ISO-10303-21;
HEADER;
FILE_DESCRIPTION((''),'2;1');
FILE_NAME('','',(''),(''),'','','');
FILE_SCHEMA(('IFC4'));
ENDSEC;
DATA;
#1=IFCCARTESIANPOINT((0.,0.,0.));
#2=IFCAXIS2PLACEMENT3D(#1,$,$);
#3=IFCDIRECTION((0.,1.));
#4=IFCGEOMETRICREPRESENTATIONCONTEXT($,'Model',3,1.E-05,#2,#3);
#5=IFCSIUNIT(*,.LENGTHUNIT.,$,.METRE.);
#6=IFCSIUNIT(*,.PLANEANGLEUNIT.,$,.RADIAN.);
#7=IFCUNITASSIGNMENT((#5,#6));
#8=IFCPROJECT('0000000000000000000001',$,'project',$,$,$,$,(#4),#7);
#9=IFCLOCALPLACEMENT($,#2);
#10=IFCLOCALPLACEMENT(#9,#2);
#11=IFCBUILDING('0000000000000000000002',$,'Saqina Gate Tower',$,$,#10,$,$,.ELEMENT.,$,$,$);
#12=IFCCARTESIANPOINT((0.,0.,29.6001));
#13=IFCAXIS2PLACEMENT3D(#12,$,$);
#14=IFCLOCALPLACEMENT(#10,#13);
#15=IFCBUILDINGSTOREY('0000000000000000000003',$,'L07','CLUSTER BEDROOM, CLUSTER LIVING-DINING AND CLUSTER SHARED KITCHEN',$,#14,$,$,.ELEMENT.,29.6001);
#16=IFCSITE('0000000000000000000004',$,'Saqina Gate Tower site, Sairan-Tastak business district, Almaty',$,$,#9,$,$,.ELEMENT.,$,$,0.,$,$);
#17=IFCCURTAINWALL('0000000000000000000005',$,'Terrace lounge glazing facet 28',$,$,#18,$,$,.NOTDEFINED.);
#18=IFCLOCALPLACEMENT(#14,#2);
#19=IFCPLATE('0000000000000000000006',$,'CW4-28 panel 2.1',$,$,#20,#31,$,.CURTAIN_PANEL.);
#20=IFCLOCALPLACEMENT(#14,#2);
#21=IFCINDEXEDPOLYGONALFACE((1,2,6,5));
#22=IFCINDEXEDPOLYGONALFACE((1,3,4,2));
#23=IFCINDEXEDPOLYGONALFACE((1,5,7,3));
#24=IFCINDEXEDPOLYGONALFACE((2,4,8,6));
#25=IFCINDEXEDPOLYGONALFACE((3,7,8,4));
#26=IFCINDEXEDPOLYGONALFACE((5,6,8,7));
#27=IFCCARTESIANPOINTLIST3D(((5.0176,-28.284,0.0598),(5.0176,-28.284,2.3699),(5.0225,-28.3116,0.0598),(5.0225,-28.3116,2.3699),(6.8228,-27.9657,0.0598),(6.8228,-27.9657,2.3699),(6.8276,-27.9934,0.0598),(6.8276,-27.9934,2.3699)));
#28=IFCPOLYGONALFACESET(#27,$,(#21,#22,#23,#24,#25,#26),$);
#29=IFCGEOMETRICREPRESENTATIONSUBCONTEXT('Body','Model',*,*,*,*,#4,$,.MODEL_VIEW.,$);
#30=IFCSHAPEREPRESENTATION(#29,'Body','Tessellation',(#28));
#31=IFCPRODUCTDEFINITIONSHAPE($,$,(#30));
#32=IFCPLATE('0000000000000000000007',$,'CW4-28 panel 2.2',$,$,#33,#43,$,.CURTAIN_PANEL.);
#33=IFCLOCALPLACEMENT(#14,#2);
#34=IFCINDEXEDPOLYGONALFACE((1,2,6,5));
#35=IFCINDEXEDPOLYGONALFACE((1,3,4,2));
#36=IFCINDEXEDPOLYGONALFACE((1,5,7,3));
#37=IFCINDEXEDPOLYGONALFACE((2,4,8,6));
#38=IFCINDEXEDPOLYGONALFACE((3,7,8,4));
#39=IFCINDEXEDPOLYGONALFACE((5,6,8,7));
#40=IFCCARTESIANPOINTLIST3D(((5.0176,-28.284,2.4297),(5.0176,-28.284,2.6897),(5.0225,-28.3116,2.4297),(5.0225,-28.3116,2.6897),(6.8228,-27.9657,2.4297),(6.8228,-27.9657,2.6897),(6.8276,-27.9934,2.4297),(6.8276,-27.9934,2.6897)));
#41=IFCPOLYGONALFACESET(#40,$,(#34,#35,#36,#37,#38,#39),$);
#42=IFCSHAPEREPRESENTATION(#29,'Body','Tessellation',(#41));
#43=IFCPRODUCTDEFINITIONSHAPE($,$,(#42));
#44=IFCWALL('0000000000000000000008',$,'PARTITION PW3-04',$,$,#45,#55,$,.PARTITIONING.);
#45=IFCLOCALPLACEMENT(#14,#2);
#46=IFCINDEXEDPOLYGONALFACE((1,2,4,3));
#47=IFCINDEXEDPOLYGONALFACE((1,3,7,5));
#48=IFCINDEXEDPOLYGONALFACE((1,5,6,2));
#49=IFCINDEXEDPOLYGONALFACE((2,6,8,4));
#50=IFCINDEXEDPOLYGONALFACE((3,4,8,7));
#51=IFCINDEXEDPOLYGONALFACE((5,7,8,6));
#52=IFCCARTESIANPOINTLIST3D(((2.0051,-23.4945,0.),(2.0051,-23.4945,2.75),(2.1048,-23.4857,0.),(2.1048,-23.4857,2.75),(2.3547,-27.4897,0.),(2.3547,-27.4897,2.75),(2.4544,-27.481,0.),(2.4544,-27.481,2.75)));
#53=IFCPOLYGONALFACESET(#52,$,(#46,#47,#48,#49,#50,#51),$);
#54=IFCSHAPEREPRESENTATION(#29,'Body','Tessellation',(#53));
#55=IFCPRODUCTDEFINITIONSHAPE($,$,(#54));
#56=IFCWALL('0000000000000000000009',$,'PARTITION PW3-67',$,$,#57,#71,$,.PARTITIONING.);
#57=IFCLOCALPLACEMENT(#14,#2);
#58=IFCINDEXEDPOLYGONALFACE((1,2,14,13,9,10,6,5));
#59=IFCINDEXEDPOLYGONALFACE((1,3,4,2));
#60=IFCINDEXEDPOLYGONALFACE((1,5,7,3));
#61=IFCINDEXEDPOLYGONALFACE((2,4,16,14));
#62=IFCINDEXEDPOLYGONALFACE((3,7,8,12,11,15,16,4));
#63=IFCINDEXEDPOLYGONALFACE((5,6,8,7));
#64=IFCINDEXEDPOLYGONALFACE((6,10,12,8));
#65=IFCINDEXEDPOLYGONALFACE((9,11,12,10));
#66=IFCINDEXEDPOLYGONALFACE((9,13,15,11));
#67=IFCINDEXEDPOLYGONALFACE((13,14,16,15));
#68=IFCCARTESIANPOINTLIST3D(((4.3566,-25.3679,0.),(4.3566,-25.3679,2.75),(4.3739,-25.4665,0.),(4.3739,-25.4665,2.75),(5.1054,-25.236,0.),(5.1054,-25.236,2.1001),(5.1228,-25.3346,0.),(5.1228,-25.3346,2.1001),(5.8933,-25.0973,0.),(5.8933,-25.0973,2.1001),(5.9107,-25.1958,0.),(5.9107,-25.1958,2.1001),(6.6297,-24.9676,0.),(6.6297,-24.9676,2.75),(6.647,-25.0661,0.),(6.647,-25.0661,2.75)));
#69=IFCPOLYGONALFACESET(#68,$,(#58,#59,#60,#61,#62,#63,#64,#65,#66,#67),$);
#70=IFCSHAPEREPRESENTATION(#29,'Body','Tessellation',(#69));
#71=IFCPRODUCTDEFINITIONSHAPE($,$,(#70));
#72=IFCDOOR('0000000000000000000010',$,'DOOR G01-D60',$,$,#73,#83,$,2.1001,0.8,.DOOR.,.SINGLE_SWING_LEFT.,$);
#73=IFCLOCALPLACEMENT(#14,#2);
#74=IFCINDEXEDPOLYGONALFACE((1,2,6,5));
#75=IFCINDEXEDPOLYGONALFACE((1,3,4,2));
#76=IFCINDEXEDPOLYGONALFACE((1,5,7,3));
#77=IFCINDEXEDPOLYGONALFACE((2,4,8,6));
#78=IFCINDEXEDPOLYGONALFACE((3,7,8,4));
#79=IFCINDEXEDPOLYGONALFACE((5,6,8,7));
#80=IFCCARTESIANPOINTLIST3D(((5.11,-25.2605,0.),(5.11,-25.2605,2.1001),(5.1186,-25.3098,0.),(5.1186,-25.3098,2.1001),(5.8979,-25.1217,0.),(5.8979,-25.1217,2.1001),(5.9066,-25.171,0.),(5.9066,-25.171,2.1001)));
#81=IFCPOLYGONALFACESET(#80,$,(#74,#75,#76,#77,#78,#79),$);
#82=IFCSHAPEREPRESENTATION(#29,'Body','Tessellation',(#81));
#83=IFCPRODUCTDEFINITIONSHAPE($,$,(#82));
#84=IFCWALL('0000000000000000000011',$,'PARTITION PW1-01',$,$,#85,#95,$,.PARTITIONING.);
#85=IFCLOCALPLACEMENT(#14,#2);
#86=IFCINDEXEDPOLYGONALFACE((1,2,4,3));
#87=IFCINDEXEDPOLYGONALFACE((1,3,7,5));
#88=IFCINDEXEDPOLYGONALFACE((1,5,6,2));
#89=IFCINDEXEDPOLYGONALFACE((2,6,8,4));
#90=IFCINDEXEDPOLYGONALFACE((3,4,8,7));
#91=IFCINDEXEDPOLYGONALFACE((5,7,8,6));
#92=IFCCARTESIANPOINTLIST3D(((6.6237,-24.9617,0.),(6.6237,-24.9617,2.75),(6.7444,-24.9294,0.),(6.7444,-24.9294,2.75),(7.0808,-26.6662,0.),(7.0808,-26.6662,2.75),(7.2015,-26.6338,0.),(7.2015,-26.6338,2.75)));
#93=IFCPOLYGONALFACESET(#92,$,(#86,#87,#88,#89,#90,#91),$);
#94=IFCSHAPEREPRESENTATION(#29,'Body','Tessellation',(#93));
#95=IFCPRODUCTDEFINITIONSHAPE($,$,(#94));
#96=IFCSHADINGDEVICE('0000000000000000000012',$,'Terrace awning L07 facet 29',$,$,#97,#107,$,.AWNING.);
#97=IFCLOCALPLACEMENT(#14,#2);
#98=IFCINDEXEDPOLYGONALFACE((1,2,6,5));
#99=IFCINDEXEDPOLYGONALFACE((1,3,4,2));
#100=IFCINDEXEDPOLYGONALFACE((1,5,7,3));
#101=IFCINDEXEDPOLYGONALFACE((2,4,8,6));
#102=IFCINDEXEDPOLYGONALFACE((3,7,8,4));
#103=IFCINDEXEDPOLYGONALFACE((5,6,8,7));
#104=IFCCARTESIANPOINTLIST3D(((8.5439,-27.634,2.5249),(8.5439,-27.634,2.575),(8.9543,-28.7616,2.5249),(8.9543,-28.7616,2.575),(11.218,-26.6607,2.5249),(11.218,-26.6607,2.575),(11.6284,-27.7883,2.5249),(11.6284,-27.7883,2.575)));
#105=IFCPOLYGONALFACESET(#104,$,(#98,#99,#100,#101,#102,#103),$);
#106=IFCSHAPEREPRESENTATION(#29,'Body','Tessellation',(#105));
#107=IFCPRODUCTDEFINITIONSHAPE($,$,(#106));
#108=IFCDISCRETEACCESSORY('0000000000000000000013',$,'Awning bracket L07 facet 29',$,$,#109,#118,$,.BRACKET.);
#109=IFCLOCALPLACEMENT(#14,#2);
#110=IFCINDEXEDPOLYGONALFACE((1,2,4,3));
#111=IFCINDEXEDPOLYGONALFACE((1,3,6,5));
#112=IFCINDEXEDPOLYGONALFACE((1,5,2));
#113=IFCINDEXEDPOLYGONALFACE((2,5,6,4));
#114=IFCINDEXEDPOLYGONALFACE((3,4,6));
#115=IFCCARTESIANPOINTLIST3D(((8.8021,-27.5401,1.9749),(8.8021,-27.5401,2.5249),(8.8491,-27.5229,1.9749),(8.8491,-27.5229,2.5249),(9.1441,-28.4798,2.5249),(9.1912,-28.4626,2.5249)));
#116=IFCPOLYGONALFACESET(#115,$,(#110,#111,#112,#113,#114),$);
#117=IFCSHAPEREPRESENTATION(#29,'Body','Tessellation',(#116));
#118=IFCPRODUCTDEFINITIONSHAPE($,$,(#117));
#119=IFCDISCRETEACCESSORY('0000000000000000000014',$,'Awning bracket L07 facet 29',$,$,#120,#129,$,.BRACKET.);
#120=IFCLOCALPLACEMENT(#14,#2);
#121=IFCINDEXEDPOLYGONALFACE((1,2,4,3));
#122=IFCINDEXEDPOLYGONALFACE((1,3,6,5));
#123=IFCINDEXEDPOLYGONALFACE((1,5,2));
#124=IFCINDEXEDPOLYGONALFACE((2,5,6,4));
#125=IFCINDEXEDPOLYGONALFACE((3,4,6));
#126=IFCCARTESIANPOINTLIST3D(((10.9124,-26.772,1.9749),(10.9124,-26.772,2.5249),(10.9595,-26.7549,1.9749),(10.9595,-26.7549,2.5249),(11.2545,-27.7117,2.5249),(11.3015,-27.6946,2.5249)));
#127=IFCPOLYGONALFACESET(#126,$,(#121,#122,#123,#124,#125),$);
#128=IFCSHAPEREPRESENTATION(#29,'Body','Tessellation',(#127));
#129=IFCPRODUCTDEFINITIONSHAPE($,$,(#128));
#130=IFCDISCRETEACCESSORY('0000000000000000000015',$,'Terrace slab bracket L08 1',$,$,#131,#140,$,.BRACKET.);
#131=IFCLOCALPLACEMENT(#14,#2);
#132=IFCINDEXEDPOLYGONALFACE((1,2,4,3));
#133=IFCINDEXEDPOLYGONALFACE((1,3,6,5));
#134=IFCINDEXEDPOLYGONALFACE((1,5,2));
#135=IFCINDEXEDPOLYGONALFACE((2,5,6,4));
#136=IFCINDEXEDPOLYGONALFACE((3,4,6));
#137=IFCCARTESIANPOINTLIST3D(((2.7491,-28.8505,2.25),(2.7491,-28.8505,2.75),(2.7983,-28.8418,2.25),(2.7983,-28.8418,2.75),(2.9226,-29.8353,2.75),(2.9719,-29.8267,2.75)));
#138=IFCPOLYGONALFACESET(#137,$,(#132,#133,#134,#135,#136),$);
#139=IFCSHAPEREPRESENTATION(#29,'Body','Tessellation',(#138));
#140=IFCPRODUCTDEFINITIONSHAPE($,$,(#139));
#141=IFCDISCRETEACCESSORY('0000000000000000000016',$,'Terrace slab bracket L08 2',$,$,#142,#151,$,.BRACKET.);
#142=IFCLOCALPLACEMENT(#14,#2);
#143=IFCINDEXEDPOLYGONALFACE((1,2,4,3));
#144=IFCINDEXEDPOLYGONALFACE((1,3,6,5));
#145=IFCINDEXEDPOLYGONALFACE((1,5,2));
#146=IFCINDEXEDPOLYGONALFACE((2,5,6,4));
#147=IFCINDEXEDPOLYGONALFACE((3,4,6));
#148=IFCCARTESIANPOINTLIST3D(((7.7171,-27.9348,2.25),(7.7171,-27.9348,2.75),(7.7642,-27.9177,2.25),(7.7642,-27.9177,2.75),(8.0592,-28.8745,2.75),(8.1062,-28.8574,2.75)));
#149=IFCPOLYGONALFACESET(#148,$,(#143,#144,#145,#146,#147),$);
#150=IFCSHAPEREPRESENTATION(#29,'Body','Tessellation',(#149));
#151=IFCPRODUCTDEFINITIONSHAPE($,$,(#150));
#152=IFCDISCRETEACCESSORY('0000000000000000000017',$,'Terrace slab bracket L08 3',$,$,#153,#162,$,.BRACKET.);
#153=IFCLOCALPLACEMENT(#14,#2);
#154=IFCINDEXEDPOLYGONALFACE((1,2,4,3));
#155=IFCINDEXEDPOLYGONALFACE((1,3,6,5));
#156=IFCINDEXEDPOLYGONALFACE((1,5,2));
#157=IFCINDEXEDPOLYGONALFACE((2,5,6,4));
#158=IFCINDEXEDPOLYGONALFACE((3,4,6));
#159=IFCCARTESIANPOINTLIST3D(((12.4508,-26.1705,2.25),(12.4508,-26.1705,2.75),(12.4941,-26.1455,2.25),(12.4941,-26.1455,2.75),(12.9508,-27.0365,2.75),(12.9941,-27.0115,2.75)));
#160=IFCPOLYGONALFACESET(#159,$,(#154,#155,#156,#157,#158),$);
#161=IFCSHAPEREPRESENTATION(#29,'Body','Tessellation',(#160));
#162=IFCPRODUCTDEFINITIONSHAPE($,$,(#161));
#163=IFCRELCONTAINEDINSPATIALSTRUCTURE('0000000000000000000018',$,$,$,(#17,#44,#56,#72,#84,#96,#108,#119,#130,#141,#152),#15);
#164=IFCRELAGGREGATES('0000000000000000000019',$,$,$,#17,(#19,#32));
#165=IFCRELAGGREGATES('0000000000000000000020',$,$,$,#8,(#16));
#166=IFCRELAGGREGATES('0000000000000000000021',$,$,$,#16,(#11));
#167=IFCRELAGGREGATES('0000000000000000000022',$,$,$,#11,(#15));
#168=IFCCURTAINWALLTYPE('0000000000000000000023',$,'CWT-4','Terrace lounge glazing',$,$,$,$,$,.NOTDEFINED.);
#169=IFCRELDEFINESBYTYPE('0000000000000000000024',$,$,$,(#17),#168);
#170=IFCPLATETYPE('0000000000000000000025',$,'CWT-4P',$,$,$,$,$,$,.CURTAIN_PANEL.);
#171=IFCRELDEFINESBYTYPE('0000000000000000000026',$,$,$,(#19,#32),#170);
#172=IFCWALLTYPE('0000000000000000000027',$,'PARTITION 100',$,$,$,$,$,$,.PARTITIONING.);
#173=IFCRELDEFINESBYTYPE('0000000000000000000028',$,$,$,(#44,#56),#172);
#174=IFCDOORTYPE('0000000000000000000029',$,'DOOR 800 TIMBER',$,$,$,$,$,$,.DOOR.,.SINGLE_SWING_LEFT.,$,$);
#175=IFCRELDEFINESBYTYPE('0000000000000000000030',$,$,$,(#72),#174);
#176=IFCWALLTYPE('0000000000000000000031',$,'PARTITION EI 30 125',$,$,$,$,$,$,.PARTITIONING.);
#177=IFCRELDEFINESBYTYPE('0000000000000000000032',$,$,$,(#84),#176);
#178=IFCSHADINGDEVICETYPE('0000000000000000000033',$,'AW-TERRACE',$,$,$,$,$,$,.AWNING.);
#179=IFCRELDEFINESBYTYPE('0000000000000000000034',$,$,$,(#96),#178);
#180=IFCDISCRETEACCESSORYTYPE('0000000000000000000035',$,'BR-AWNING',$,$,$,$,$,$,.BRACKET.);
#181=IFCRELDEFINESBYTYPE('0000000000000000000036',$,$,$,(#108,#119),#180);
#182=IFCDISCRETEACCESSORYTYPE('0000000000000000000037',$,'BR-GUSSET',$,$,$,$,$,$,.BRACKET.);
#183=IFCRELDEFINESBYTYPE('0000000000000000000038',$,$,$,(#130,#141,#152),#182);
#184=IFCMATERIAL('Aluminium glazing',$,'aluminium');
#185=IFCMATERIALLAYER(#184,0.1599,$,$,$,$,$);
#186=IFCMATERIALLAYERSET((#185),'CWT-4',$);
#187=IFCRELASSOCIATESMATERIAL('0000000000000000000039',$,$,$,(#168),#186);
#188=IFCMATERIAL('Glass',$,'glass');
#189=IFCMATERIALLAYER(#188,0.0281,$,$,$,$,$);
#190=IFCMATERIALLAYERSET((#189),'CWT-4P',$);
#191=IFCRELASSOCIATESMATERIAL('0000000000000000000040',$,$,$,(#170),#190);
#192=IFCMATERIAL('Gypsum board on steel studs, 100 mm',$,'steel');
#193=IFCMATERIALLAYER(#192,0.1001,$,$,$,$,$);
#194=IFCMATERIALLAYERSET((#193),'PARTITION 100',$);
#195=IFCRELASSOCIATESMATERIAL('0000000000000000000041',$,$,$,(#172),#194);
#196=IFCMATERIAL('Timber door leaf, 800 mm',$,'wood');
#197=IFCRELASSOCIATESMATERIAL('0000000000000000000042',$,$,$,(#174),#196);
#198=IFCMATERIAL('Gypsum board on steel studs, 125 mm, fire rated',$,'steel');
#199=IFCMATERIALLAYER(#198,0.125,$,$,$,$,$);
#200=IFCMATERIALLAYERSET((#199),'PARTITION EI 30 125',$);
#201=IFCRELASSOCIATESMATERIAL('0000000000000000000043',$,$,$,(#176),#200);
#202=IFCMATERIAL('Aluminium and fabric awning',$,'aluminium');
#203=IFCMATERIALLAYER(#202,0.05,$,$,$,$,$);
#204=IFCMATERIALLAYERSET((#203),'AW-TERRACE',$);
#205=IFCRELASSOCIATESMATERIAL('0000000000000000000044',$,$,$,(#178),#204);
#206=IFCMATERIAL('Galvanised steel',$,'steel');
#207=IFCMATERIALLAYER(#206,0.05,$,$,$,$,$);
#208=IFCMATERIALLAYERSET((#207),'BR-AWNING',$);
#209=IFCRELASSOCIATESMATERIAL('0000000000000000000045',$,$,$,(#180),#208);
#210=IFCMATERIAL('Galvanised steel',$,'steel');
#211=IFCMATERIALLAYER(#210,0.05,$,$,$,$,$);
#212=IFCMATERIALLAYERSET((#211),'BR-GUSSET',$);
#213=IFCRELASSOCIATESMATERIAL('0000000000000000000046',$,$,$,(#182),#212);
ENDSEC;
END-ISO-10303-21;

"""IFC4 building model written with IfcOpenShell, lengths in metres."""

from ifc_helpers import new_model, si_unit, direction, frame, frame_2d, origin, origin_2d, place, context, subcontext, project, spatial, polyline, rectangle, outline, extrude, material, layer, layer_set, type_object, element, fill, aggregate, save


model = new_model("IFC4")

# Units and contexts
model_context = context("Model", 3, precision=1e-05, world=origin(), true_north=direction((0.0, 1.0)))
body_context = subcontext(model_context, "Body", "Model", "MODEL_VIEW")
ifc_project = project(units=[si_unit("LENGTHUNIT", "METRE"), si_unit("PLANEANGLEUNIT", "RADIAN")], contexts=[model_context])

# Site, building, storey
site_placement = place(None, origin())
site = spatial("IfcSite", under=ifc_project, at=site_placement, Name="Saqina Gate Tower site, Sairan-Tastak business district, Almaty", CompositionType="ELEMENT", RefElevation=0.0)
building_placement = place(site_placement, origin())
building = spatial("IfcBuilding", under=site, at=building_placement, Name="Saqina Gate Tower", CompositionType="ELEMENT")
storey_placement = place(building_placement, frame((0.0, 0.0, 29.6001)))
storey = spatial("IfcBuildingStorey", under=building, at=storey_placement, Name="L07", Description="CLUSTER BEDROOM, CLUSTER LIVING-DINING AND CLUSTER SHARED KITCHEN", CompositionType="ELEMENT", Elevation=29.6001)

# Curtain wall, plates
ifc_material_1 = material(Name="Aluminium glazing", Category="aluminium")
ifc_layer_1 = layer(ifc_material_1, 0.1599)
ifc_layer_set_1 = layer_set([ifc_layer_1], Name="CWT-4")
curtain_wall_type = type_object("IfcCurtainWallType", Name="CWT-4", Description="Terrace lounge glazing", PredefinedType="NOTDEFINED", material=ifc_layer_set_1)
curtain_wall_placement = place(storey_placement, origin())
curtain_wall = element("IfcCurtainWall", 1, at=curtain_wall_placement, inside=storey, type_object=curtain_wall_type, Name="Terrace lounge glazing facet 28", PredefinedType="NOTDEFINED")
ifc_material_2 = material(Name="Glass", Category="glass")
ifc_layer_2 = layer(ifc_material_2, 0.0281)
ifc_layer_set_2 = layer_set([ifc_layer_2], Name="CWT-4P")
plate_type = type_object("IfcPlateType", Name="CWT-4P", PredefinedType="CURTAIN_PANEL", material=ifc_layer_set_2)
plate_1_placement = place(storey_placement, frame((5.9226, -28.1387, 0.0598), z_axis=(0.0, 0.0, 1.0), x_axis=(0.984809, 0.173643, 0.0)))
plate_1 = element("IfcPlate", 2, at=plate_1_placement, type_object=plate_type, Name="CW4-28 panel 2.1", PredefinedType="CURTAIN_PANEL", context=body_context, shape_type="SweptSolid", body=[
    extrude(rectangle(XDim=1.833, YDim=0.0281, at=origin_2d()), origin(), (0.0, 0.0, 1.0), 2.3101),
])
plate_2_placement = place(storey_placement, frame((5.9226, -28.1387, 2.4297), z_axis=(0.0, 0.0, 1.0), x_axis=(0.984809, 0.173643, 0.0)))
plate_2 = element("IfcPlate", 3, at=plate_2_placement, type_object=plate_type, Name="CW4-28 panel 2.2", PredefinedType="CURTAIN_PANEL", context=body_context, shape_type="SweptSolid", body=[
    extrude(rectangle(XDim=1.833, YDim=0.0281, at=origin_2d()), origin(), (0.0, 0.0, 1.0), 0.26),
])
aggregate(curtain_wall, [plate_1, plate_2])

# Wall
ifc_material_3 = material(Name="Gypsum board on steel studs, 100 mm", Category="steel")
ifc_layer_3 = layer(ifc_material_3, 0.1001)
ifc_layer_set_3 = layer_set([ifc_layer_3], Name="PARTITION 100")
wall_type_1 = type_object("IfcWallType", Name="PARTITION 100", PredefinedType="PARTITIONING", material=ifc_layer_set_3)
wall_1_placement = place(storey_placement, frame((2.0549, -23.49, 0.0), z_axis=(0.0, 0.0, 1.0), x_axis=(0.087176, -0.996193, 0.0)))
element("IfcWall", 4, at=wall_1_placement, inside=storey, type_object=wall_type_1, Name="PARTITION PW3-04", PredefinedType="PARTITIONING", context=body_context, shape_type="SweptSolid", body=[
    extrude(rectangle(XDim=4.0105, YDim=0.1001, at=frame_2d((2.0054, 0.0))), origin(), (0.0, 0.0, 1.0), 2.75),
])

# Wall, opening, door
wall_2_placement = place(storey_placement, frame((4.3652, -25.4172, 0.0), z_axis=(0.0, 0.0, 1.0), x_axis=(0.98484, 0.173466, 0.0)))
wall_2 = element("IfcWall", 5, at=wall_2_placement, inside=storey, type_object=wall_type_1, Name="PARTITION PW3-67", PredefinedType="PARTITIONING", context=body_context, shape_type="SweptSolid", body=[
    extrude(rectangle(XDim=2.3081, YDim=0.1001, at=frame_2d((1.1541, 0.0))), origin(), (0.0, 0.0, 1.0), 2.75),
])
opening_1_placement = place(wall_2_placement, frame((0.7605, 0.0, 0.0)))
opening_1 = element("IfcOpeningElement", 6, at=opening_1_placement, cuts=wall_2, PredefinedType="OPENING", context=body_context, shape_type="SweptSolid", body=[
    extrude(rectangle(XDim=0.8, YDim=2.1001, at=frame_2d((0.3999, 1.05))), frame((0.0, 0.062, 0.0), z_axis=(0.0, -1.0, 0.0), x_axis=(1.0, 0.0, 0.0)), (0.0, 0.0, 1.0), 0.124),
])
ifc_material_4 = material(Name="Timber door leaf, 800 mm", Category="wood")
door_type_1 = type_object("IfcDoorType", Name="DOOR 800 TIMBER", OperationType="SINGLE_SWING_LEFT", PredefinedType="DOOR", material=ifc_material_4)
door_1_placement = place(opening_1_placement, frame((0.8, 0.0, 0.0), z_axis=(0.0, 0.0, 1.0), x_axis=(-1.0, 0.0, 0.0)))
door_1 = element("IfcDoor", 7, at=door_1_placement, inside=storey, type_object=door_type_1, Name="DOOR G01-D60", OperationType="SINGLE_SWING_LEFT", OverallHeight=2.1001, OverallWidth=0.8, PredefinedType="DOOR", context=body_context, shape_type="SweptSolid", body=[
    extrude(rectangle(XDim=0.8, YDim=2.1001, at=frame_2d((0.3999, 1.05))), frame((0.0, 0.0249, 0.0), z_axis=(0.0, -1.0, 0.0), x_axis=(1.0, 0.0, 0.0)), (0.0, 0.0, 1.0), 0.05),
])
fill(opening_1, door_1)

# Wall
ifc_material_5 = material(Name="Gypsum board on steel studs, 125 mm, fire rated", Category="steel")
ifc_layer_4 = layer(ifc_material_5, 0.125)
ifc_layer_set_4 = layer_set([ifc_layer_4], Name="PARTITION EI 30 125")
wall_type_2 = type_object("IfcWallType", Name="PARTITION EI 30 125", PredefinedType="PARTITIONING", material=ifc_layer_set_4)
wall_3_placement = place(storey_placement, frame((6.6841, -24.9456, 0.0), z_axis=(0.0, 0.0, 1.0), x_axis=(0.259006, -0.965876, 0.0)))
element("IfcWall", 8, at=wall_3_placement, inside=storey, type_object=wall_type_2, Name="PARTITION PW1-01", PredefinedType="PARTITIONING", context=body_context, shape_type="SweptSolid", body=[
    extrude(rectangle(XDim=1.7646, YDim=0.125, at=frame_2d((0.8823, 0.0))), origin(), (0.0, 0.0, 1.0), 2.75),
])

# Shading device
ifc_material_6 = material(Name="Aluminium and fabric awning", Category="aluminium")
ifc_layer_5 = layer(ifc_material_6, 0.05)
ifc_layer_set_5 = layer_set([ifc_layer_5], Name="AW-TERRACE")
shading_device_type = type_object("IfcShadingDeviceType", Name="AW-TERRACE", PredefinedType="AWNING", material=ifc_layer_set_5)
shading_device_placement = place(storey_placement, frame((10.0862, -27.7112, 2.5249), z_axis=(0.0, 0.0, 1.0), x_axis=(0.939693, 0.34202, 0.0)))
element("IfcShadingDevice", 9, at=shading_device_placement, inside=storey, type_object=shading_device_type, Name="Terrace awning L07 facet 29", PredefinedType="AWNING", context=body_context, shape_type="SweptSolid", body=[
    extrude(rectangle(XDim=2.8457, YDim=1.2, at=origin_2d()), origin(), (0.0, 0.0, 1.0), 0.05),
])

# Discrete accessories
ifc_material_7 = material(Name="Galvanised steel", Category="steel")
ifc_layer_6 = layer(ifc_material_7, 0.05)
ifc_layer_set_6 = layer_set([ifc_layer_6], Name="BR-AWNING")
discrete_accessory_type_1 = type_object("IfcDiscreteAccessoryType", Name="BR-AWNING", PredefinedType="BRACKET", material=ifc_layer_set_6)
for number, where, z_axis, x_axis, name in (
    (10, (8.8491, -27.5229, 1.9749), (0.939686, 0.342037, 0.0), (0.0, 0.0, 1.0), "Awning bracket L07 facet 29"),
    (11, (10.9595, -26.7549, 1.9749), (0.939686, 0.342037, 0.0), (0.0, 0.0, 1.0), "Awning bracket L07 facet 29"),
):
    element("IfcDiscreteAccessory", number, at=place(storey_placement, frame(where, z_axis=z_axis, x_axis=x_axis)), inside=storey, type_object=discrete_accessory_type_1, Name=name, PredefinedType="BRACKET", context=body_context, shape_type="SweptSolid", body=[
        extrude(outline(polyline([(0.0, 0.0), (0.55, 0.0), (0.55, 1.0), (0.0, 0.0)])), origin(), (0.0, 0.0, -1.0), 0.05),
    ])
ifc_material_8 = material(Name="Galvanised steel", Category="steel")
ifc_layer_7 = layer(ifc_material_8, 0.05)
ifc_layer_set_7 = layer_set([ifc_layer_7], Name="BR-GUSSET")
discrete_accessory_type_2 = type_object("IfcDiscreteAccessoryType", Name="BR-GUSSET", PredefinedType="BRACKET", material=ifc_layer_set_7)
discrete_accessory_1_placement = place(storey_placement, frame((2.7983, -28.8418, 2.25), z_axis=(0.98482, 0.173576, 0.0), x_axis=(0.0, 0.0, 1.0)))
element("IfcDiscreteAccessory", 12, at=discrete_accessory_1_placement, inside=storey, type_object=discrete_accessory_type_2, Name="Terrace slab bracket L08 1", PredefinedType="BRACKET", context=body_context, shape_type="SweptSolid", body=[
    extrude(outline(polyline([(0.0, 0.0), (0.5, 0.0), (0.5, 1.0), (0.0, 0.0)])), origin(), (0.0, 0.0, -1.0), 0.05),
])
discrete_accessory_2_placement = place(storey_placement, frame((7.7642, -27.9177, 2.25), z_axis=(0.939686, 0.342037, 0.0), x_axis=(0.0, 0.0, 1.0)))
element("IfcDiscreteAccessory", 13, at=discrete_accessory_2_placement, inside=storey, type_object=discrete_accessory_type_2, Name="Terrace slab bracket L08 2", PredefinedType="BRACKET", context=body_context, shape_type="SweptSolid", body=[
    extrude(outline(polyline([(0.0, 0.0), (0.5, 0.0), (0.5, 1.0), (0.0, 0.0)])), origin(), (0.0, 0.0, -1.0), 0.05),
])
discrete_accessory_3_placement = place(storey_placement, frame((12.4941, -26.1455, 2.25), z_axis=(0.866011, 0.500025, 0.0), x_axis=(0.0, 0.0, 1.0)))
element("IfcDiscreteAccessory", 14, at=discrete_accessory_3_placement, inside=storey, type_object=discrete_accessory_type_2, Name="Terrace slab bracket L08 3", PredefinedType="BRACKET", context=body_context, shape_type="SweptSolid", body=[
    extrude(outline(polyline([(0.0, 0.0), (0.5, 0.0), (0.5, 0.9999), (0.0, 0.0)])), origin(), (0.0, 0.0, -1.0), 0.05),
])

save(model, "model.ifc")
